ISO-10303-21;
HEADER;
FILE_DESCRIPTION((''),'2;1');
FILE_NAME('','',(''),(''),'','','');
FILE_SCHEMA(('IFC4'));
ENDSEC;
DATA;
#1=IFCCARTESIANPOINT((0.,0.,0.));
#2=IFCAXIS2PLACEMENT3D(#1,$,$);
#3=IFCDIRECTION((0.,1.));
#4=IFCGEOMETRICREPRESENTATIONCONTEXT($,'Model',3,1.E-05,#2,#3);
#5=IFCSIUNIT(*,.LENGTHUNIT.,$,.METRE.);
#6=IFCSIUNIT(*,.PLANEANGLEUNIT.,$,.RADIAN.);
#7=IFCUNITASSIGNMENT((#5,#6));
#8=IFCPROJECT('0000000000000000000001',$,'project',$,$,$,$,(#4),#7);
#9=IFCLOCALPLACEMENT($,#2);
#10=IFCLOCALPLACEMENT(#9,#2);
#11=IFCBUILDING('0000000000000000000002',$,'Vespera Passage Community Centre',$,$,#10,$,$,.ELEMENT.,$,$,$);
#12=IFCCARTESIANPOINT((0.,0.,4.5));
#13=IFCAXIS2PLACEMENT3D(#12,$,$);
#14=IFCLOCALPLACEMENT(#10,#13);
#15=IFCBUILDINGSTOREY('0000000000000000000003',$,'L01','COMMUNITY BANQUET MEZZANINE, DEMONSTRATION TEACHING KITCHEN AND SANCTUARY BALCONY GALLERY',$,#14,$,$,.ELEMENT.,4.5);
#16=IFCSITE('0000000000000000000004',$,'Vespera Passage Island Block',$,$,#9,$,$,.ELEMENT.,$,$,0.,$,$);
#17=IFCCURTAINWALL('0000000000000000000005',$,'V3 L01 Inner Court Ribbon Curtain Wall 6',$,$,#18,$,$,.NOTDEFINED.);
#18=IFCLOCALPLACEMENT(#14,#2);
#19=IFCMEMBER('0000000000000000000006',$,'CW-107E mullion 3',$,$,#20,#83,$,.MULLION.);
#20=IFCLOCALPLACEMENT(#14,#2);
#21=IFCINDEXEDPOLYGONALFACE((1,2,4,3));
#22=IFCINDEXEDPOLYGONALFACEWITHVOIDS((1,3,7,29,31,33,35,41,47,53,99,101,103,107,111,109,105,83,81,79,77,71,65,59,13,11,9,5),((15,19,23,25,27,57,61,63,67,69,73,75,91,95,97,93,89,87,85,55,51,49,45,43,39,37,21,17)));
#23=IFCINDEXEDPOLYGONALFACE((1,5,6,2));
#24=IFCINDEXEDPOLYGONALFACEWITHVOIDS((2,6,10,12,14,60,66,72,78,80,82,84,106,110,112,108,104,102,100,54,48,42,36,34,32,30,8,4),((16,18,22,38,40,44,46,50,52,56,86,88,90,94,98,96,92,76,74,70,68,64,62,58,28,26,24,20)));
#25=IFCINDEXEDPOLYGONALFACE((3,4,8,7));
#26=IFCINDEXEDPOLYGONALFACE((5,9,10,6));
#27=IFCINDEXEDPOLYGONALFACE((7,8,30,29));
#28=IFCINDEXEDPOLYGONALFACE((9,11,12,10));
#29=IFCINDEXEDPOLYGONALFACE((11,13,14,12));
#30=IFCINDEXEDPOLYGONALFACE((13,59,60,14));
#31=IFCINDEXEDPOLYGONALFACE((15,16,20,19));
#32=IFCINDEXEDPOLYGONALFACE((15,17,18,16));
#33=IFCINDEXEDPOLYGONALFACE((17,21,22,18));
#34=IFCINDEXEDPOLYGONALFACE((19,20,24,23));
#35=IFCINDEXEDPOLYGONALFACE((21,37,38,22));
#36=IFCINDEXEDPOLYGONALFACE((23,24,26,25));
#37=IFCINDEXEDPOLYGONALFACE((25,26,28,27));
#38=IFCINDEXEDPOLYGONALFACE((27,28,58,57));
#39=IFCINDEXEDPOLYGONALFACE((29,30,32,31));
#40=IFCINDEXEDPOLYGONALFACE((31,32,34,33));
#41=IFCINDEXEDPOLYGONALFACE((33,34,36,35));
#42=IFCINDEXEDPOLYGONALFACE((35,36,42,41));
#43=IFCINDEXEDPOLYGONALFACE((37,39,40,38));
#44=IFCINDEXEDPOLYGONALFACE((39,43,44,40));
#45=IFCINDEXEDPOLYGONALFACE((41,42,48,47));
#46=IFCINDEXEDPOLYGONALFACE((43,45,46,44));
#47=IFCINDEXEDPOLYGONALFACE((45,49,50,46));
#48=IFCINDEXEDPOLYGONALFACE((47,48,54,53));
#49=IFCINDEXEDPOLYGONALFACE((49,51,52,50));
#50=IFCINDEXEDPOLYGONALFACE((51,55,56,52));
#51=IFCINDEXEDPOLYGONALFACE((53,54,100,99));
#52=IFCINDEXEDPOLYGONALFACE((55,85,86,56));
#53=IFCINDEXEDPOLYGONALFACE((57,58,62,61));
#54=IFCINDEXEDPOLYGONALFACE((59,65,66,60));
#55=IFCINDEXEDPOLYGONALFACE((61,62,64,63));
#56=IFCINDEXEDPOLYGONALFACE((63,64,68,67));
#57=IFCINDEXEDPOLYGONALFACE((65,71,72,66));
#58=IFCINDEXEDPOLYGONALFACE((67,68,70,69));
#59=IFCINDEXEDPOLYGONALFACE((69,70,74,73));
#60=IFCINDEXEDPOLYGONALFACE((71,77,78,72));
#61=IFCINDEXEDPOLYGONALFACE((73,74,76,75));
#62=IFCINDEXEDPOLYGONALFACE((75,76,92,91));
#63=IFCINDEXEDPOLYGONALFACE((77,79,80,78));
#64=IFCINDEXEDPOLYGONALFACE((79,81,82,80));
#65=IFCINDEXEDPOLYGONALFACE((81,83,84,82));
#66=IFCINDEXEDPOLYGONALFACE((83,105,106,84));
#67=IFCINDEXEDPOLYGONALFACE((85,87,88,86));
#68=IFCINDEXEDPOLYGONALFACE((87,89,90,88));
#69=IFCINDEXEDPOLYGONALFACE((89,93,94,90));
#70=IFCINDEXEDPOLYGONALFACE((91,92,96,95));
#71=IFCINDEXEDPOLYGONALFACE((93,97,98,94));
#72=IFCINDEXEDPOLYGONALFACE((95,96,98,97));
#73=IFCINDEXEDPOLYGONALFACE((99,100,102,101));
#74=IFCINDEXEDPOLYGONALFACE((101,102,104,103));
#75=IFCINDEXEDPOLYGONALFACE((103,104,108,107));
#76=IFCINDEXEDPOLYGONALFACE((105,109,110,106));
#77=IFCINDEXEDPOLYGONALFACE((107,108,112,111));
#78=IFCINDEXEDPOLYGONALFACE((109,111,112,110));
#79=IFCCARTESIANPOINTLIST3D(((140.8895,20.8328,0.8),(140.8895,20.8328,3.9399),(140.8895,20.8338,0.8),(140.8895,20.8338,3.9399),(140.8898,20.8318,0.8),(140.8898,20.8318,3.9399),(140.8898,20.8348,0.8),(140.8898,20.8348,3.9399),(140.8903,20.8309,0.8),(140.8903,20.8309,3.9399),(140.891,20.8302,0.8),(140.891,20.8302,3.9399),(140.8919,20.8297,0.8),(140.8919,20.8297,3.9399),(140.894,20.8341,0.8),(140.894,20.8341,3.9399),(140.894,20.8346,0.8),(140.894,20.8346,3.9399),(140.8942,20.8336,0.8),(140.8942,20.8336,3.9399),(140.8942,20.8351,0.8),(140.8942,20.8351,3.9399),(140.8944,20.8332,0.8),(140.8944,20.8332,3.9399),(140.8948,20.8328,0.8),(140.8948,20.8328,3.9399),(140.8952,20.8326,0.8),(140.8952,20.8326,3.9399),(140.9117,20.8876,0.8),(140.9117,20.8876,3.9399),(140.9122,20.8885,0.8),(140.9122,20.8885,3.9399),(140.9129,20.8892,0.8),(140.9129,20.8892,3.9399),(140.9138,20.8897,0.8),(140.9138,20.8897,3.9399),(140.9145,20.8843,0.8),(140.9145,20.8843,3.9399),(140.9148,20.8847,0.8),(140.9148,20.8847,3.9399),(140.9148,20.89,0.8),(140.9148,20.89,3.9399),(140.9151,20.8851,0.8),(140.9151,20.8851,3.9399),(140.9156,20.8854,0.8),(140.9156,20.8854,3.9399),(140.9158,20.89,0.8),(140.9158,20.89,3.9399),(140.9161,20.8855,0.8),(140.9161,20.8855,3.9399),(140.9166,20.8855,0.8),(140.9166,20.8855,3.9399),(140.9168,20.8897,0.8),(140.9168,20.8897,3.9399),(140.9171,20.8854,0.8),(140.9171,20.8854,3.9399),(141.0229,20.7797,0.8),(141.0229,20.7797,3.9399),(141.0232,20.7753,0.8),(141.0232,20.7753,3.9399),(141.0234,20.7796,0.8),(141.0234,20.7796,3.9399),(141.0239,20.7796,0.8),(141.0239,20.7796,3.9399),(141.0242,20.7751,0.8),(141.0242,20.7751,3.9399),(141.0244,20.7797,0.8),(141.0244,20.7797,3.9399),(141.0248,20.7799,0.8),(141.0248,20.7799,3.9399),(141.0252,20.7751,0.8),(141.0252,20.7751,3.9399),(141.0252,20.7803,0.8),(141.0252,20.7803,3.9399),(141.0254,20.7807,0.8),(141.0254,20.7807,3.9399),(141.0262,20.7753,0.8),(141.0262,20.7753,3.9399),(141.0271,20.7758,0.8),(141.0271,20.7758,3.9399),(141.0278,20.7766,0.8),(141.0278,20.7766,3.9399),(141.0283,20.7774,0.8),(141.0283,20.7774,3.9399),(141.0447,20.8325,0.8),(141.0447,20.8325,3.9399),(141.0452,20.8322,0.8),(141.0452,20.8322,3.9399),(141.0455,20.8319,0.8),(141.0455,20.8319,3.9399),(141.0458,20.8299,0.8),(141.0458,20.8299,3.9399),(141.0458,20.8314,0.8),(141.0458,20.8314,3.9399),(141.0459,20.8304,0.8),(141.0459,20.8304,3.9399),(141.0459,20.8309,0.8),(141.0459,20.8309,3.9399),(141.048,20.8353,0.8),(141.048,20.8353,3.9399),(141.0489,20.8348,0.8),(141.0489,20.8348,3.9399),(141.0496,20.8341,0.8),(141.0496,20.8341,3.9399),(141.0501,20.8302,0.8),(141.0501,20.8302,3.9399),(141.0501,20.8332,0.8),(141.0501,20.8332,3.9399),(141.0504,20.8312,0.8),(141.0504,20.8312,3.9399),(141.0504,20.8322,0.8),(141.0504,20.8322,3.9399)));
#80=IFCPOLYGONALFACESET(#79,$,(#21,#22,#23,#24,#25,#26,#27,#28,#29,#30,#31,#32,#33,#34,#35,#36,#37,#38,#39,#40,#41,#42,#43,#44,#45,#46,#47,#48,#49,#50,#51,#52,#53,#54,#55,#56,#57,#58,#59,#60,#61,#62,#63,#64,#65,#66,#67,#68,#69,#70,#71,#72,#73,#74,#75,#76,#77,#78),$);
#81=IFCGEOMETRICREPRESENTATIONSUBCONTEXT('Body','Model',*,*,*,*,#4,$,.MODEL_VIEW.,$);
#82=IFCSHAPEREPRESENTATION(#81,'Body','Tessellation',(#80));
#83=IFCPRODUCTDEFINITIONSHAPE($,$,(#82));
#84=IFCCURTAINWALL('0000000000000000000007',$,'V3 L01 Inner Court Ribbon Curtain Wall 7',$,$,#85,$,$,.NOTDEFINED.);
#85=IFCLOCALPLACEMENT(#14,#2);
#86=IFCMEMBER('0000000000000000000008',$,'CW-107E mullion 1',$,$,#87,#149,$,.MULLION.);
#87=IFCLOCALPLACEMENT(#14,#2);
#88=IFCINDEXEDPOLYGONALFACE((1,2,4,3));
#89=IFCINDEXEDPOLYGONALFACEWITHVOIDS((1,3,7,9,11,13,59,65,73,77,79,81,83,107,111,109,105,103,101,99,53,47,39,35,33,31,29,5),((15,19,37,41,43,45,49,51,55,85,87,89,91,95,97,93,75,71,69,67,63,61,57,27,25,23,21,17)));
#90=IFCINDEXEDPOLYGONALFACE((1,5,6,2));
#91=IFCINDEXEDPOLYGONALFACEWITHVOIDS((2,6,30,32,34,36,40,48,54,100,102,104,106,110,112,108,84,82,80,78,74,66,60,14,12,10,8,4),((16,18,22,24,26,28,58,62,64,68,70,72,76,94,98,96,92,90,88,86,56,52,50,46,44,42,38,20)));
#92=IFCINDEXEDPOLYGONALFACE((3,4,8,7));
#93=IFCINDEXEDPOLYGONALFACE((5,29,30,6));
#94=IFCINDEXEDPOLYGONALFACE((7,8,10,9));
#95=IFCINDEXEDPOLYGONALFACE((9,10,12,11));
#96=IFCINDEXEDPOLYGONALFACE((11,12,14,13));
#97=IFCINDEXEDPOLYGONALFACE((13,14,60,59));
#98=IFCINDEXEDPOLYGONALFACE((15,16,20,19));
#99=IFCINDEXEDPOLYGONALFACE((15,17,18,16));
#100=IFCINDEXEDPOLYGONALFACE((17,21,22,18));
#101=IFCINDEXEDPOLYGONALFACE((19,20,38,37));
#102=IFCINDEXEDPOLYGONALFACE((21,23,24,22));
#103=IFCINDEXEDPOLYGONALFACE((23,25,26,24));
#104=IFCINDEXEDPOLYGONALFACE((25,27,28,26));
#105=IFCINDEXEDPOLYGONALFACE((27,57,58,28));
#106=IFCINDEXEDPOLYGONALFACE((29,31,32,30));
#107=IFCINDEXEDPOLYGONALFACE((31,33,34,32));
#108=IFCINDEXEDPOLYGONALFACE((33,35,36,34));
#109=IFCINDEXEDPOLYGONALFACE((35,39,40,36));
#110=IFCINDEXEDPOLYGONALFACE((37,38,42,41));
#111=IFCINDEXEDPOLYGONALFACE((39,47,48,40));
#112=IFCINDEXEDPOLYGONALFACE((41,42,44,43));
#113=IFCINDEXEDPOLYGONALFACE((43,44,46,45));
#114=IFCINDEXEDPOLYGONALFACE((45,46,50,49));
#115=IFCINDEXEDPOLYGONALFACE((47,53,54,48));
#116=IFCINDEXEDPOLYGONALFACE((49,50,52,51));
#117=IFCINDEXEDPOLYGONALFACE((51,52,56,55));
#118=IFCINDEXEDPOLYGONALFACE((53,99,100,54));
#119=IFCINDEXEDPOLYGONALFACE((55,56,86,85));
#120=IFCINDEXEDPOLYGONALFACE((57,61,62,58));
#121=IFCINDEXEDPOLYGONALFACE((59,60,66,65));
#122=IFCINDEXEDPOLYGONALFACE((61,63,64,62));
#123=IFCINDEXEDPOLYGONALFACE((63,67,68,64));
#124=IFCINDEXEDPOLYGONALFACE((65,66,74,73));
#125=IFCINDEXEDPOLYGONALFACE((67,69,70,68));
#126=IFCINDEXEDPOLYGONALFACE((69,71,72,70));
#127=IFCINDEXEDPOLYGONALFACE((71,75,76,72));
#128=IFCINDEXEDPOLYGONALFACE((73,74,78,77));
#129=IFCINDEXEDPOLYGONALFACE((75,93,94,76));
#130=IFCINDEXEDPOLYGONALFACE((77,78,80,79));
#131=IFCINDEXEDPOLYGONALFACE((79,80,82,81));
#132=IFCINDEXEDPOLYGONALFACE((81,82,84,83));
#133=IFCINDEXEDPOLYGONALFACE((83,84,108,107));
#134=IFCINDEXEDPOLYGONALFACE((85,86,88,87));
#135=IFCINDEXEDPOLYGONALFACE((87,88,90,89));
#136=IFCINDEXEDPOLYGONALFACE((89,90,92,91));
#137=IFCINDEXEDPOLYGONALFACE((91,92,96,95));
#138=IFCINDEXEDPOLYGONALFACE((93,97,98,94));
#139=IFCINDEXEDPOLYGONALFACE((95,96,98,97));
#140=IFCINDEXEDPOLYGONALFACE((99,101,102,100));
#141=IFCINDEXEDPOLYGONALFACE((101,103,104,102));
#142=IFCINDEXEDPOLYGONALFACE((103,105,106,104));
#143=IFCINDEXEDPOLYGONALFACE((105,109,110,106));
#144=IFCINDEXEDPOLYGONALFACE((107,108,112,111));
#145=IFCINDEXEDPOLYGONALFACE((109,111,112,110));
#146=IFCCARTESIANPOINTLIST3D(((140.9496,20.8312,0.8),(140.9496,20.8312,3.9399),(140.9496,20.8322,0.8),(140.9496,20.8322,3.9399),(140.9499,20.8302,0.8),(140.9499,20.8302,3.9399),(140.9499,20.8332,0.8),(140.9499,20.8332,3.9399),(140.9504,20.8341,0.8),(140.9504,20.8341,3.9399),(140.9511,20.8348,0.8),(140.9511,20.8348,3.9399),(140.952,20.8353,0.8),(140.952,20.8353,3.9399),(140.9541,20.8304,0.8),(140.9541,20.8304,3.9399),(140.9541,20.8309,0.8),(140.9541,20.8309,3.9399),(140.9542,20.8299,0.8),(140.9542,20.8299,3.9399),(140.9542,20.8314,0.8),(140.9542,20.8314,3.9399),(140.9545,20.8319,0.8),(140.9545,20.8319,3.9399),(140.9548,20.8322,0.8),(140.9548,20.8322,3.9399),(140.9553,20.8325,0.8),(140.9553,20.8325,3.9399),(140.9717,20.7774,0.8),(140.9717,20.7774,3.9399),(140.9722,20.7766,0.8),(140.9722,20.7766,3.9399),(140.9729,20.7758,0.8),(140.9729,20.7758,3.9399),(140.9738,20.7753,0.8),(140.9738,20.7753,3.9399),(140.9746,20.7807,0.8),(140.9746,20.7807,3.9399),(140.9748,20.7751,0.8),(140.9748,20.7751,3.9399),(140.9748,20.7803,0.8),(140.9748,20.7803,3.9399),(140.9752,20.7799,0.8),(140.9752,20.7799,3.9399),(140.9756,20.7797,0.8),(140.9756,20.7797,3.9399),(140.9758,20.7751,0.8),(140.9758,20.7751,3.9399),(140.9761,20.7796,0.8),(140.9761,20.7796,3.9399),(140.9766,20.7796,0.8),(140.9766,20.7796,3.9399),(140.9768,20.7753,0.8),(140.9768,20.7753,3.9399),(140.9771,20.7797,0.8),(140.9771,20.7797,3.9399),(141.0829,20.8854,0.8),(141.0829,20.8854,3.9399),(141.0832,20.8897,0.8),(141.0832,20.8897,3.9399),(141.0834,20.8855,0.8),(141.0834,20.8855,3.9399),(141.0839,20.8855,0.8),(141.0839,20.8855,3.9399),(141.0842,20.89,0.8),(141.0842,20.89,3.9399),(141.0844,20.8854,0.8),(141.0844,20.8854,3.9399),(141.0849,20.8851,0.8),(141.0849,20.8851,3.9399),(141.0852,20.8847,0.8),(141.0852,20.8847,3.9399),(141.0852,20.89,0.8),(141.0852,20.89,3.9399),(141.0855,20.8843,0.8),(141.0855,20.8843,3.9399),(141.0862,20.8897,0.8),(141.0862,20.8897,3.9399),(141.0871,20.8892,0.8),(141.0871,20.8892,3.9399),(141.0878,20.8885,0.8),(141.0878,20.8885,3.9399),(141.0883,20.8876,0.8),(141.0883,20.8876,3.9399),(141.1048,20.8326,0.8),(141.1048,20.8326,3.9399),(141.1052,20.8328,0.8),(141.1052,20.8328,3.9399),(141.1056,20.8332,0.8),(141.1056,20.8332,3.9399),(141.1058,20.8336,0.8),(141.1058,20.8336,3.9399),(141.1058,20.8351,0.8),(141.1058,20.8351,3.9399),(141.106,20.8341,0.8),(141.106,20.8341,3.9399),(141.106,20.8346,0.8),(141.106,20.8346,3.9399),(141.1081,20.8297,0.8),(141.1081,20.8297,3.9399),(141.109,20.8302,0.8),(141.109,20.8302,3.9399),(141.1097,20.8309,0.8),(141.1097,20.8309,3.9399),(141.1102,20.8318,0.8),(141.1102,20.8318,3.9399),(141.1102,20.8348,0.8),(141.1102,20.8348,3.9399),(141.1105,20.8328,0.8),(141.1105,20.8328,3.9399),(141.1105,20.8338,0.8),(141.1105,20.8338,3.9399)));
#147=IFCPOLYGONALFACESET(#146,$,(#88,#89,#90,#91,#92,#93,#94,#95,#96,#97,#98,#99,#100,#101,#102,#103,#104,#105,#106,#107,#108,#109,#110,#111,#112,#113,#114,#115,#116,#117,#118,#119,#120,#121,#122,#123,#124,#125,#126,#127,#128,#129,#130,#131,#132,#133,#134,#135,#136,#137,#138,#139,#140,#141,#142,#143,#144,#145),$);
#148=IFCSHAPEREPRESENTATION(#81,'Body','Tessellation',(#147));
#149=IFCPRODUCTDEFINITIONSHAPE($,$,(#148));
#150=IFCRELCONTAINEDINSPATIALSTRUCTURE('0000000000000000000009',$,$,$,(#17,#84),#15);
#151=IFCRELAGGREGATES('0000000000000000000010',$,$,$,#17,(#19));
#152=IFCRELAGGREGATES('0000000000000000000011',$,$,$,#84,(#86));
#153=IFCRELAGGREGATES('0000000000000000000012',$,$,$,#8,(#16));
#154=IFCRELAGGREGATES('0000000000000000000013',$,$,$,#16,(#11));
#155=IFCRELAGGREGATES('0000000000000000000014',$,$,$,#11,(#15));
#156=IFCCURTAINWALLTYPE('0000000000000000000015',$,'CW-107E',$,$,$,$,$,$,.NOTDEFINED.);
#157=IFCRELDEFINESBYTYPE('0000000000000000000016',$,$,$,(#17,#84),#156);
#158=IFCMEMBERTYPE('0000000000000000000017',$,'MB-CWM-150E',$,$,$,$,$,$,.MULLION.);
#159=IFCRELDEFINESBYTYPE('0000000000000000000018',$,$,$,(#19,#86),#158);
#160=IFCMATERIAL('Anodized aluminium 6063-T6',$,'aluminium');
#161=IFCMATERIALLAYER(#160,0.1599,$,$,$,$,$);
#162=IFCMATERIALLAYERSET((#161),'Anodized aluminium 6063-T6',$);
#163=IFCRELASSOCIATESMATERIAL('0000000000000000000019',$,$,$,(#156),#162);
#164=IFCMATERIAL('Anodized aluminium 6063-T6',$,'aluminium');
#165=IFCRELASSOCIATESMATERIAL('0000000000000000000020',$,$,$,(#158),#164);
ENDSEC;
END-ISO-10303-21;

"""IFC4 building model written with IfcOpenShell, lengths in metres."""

from ifc_helpers import new_model, si_unit, direction, frame, origin, origin_2d, place, context, subcontext, project, spatial, hollow_rectangle, extrude, material, layer, layer_set, material_profile, profile_set, type_object, element, aggregate, save


model = new_model("IFC4")

# Units and contexts
model_context = context("Model", 3, precision=1e-05, world=origin(), true_north=direction((0.0, 1.0)))
body_context = subcontext(model_context, "Body", "Model", "MODEL_VIEW")
ifc_project = project(units=[si_unit("LENGTHUNIT", "METRE"), si_unit("PLANEANGLEUNIT", "RADIAN")], contexts=[model_context])

# Site, building, storey
site_placement = place(None, origin())
site = spatial("IfcSite", under=ifc_project, at=site_placement, Name="Vespera Passage Island Block", CompositionType="ELEMENT", RefElevation=0.0)
building_placement = place(site_placement, origin())
building = spatial("IfcBuilding", under=site, at=building_placement, Name="Vespera Passage Community Centre", CompositionType="ELEMENT")
storey_placement = place(building_placement, frame((0.0, 0.0, 4.5)))
storey = spatial("IfcBuildingStorey", under=building, at=storey_placement, Name="L01", Description="COMMUNITY BANQUET MEZZANINE, DEMONSTRATION TEACHING KITCHEN AND SANCTUARY BALCONY GALLERY", CompositionType="ELEMENT", Elevation=4.5)

# Curtain wall, member
ifc_material_1 = material(Name="Anodized aluminium 6063-T6", Category="aluminium")
ifc_layer_1 = layer(ifc_material_1, 0.1599)
ifc_layer_set_1 = layer_set([ifc_layer_1], Name="Anodized aluminium 6063-T6")
curtain_wall_type = type_object("IfcCurtainWallType", Name="CW-107E", PredefinedType="NOTDEFINED", material=ifc_layer_set_1)
curtain_wall_1_placement = place(storey_placement, origin())
curtain_wall_1 = element("IfcCurtainWall", 1, at=curtain_wall_1_placement, inside=storey, type_object=curtain_wall_type, Name="V3 L01 Inner Court Ribbon Curtain Wall 6", PredefinedType="NOTDEFINED")
ifc_material_2 = material(Name="Anodized aluminium 6063-T6", Category="aluminium")
ifc_material_profile_1 = material_profile(ifc_material_2, hollow_rectangle(XDim=0.0649, YDim=0.1499, WallThickness=0.0039, InnerFilletRadius=0.002, OuterFilletRadius=0.0039, at=origin_2d()), Name="ALU150X65X4")
ifc_profile_set_1 = profile_set([ifc_material_profile_1], Name="Anodized aluminium 6063-T6")
member_type_1 = type_object("IfcMemberType", Name="MB-CWM-150E", PredefinedType="MULLION", material=ifc_profile_set_1)
member_1_placement = place(storey_placement, frame((140.97, 20.8325, 0.8), z_axis=(0.0, 0.0, 1.0), x_axis=(0.382686, 0.923879, 0.0)))
member_1 = element("IfcMember", 2, at=member_1_placement, type_object=member_type_1, Name="CW-107E mullion 3", PredefinedType="MULLION", context=body_context, shape_type="SweptSolid", body=[
    extrude(hollow_rectangle(XDim=0.0649, YDim=0.1499, WallThickness=0.0039, InnerFilletRadius=0.002, OuterFilletRadius=0.0039, at=origin_2d()), origin(), (0.0, 0.0, 1.0), 3.1399),
])
aggregate(curtain_wall_1, [member_1])

# Curtain wall, member
curtain_wall_2_placement = place(storey_placement, origin())
curtain_wall_2 = element("IfcCurtainWall", 3, at=curtain_wall_2_placement, inside=storey, type_object=curtain_wall_type, Name="V3 L01 Inner Court Ribbon Curtain Wall 7", PredefinedType="NOTDEFINED")
member_2_placement = place(storey_placement, frame((141.03, 20.8325, 0.8), z_axis=(0.0, 0.0, 1.0), x_axis=(-0.382686, 0.923879, 0.0)))
member_2 = element("IfcMember", 4, at=member_2_placement, type_object=member_type_1, Name="CW-107E mullion 1", PredefinedType="MULLION", context=body_context, shape_type="SweptSolid", body=[
    extrude(hollow_rectangle(XDim=0.0649, YDim=0.1499, WallThickness=0.0039, InnerFilletRadius=0.002, OuterFilletRadius=0.0039, at=origin_2d()), origin(), (0.0, 0.0, 1.0), 3.1399),
])

aggregate(curtain_wall_2, [member_2])

save(model, "model.ifc")
